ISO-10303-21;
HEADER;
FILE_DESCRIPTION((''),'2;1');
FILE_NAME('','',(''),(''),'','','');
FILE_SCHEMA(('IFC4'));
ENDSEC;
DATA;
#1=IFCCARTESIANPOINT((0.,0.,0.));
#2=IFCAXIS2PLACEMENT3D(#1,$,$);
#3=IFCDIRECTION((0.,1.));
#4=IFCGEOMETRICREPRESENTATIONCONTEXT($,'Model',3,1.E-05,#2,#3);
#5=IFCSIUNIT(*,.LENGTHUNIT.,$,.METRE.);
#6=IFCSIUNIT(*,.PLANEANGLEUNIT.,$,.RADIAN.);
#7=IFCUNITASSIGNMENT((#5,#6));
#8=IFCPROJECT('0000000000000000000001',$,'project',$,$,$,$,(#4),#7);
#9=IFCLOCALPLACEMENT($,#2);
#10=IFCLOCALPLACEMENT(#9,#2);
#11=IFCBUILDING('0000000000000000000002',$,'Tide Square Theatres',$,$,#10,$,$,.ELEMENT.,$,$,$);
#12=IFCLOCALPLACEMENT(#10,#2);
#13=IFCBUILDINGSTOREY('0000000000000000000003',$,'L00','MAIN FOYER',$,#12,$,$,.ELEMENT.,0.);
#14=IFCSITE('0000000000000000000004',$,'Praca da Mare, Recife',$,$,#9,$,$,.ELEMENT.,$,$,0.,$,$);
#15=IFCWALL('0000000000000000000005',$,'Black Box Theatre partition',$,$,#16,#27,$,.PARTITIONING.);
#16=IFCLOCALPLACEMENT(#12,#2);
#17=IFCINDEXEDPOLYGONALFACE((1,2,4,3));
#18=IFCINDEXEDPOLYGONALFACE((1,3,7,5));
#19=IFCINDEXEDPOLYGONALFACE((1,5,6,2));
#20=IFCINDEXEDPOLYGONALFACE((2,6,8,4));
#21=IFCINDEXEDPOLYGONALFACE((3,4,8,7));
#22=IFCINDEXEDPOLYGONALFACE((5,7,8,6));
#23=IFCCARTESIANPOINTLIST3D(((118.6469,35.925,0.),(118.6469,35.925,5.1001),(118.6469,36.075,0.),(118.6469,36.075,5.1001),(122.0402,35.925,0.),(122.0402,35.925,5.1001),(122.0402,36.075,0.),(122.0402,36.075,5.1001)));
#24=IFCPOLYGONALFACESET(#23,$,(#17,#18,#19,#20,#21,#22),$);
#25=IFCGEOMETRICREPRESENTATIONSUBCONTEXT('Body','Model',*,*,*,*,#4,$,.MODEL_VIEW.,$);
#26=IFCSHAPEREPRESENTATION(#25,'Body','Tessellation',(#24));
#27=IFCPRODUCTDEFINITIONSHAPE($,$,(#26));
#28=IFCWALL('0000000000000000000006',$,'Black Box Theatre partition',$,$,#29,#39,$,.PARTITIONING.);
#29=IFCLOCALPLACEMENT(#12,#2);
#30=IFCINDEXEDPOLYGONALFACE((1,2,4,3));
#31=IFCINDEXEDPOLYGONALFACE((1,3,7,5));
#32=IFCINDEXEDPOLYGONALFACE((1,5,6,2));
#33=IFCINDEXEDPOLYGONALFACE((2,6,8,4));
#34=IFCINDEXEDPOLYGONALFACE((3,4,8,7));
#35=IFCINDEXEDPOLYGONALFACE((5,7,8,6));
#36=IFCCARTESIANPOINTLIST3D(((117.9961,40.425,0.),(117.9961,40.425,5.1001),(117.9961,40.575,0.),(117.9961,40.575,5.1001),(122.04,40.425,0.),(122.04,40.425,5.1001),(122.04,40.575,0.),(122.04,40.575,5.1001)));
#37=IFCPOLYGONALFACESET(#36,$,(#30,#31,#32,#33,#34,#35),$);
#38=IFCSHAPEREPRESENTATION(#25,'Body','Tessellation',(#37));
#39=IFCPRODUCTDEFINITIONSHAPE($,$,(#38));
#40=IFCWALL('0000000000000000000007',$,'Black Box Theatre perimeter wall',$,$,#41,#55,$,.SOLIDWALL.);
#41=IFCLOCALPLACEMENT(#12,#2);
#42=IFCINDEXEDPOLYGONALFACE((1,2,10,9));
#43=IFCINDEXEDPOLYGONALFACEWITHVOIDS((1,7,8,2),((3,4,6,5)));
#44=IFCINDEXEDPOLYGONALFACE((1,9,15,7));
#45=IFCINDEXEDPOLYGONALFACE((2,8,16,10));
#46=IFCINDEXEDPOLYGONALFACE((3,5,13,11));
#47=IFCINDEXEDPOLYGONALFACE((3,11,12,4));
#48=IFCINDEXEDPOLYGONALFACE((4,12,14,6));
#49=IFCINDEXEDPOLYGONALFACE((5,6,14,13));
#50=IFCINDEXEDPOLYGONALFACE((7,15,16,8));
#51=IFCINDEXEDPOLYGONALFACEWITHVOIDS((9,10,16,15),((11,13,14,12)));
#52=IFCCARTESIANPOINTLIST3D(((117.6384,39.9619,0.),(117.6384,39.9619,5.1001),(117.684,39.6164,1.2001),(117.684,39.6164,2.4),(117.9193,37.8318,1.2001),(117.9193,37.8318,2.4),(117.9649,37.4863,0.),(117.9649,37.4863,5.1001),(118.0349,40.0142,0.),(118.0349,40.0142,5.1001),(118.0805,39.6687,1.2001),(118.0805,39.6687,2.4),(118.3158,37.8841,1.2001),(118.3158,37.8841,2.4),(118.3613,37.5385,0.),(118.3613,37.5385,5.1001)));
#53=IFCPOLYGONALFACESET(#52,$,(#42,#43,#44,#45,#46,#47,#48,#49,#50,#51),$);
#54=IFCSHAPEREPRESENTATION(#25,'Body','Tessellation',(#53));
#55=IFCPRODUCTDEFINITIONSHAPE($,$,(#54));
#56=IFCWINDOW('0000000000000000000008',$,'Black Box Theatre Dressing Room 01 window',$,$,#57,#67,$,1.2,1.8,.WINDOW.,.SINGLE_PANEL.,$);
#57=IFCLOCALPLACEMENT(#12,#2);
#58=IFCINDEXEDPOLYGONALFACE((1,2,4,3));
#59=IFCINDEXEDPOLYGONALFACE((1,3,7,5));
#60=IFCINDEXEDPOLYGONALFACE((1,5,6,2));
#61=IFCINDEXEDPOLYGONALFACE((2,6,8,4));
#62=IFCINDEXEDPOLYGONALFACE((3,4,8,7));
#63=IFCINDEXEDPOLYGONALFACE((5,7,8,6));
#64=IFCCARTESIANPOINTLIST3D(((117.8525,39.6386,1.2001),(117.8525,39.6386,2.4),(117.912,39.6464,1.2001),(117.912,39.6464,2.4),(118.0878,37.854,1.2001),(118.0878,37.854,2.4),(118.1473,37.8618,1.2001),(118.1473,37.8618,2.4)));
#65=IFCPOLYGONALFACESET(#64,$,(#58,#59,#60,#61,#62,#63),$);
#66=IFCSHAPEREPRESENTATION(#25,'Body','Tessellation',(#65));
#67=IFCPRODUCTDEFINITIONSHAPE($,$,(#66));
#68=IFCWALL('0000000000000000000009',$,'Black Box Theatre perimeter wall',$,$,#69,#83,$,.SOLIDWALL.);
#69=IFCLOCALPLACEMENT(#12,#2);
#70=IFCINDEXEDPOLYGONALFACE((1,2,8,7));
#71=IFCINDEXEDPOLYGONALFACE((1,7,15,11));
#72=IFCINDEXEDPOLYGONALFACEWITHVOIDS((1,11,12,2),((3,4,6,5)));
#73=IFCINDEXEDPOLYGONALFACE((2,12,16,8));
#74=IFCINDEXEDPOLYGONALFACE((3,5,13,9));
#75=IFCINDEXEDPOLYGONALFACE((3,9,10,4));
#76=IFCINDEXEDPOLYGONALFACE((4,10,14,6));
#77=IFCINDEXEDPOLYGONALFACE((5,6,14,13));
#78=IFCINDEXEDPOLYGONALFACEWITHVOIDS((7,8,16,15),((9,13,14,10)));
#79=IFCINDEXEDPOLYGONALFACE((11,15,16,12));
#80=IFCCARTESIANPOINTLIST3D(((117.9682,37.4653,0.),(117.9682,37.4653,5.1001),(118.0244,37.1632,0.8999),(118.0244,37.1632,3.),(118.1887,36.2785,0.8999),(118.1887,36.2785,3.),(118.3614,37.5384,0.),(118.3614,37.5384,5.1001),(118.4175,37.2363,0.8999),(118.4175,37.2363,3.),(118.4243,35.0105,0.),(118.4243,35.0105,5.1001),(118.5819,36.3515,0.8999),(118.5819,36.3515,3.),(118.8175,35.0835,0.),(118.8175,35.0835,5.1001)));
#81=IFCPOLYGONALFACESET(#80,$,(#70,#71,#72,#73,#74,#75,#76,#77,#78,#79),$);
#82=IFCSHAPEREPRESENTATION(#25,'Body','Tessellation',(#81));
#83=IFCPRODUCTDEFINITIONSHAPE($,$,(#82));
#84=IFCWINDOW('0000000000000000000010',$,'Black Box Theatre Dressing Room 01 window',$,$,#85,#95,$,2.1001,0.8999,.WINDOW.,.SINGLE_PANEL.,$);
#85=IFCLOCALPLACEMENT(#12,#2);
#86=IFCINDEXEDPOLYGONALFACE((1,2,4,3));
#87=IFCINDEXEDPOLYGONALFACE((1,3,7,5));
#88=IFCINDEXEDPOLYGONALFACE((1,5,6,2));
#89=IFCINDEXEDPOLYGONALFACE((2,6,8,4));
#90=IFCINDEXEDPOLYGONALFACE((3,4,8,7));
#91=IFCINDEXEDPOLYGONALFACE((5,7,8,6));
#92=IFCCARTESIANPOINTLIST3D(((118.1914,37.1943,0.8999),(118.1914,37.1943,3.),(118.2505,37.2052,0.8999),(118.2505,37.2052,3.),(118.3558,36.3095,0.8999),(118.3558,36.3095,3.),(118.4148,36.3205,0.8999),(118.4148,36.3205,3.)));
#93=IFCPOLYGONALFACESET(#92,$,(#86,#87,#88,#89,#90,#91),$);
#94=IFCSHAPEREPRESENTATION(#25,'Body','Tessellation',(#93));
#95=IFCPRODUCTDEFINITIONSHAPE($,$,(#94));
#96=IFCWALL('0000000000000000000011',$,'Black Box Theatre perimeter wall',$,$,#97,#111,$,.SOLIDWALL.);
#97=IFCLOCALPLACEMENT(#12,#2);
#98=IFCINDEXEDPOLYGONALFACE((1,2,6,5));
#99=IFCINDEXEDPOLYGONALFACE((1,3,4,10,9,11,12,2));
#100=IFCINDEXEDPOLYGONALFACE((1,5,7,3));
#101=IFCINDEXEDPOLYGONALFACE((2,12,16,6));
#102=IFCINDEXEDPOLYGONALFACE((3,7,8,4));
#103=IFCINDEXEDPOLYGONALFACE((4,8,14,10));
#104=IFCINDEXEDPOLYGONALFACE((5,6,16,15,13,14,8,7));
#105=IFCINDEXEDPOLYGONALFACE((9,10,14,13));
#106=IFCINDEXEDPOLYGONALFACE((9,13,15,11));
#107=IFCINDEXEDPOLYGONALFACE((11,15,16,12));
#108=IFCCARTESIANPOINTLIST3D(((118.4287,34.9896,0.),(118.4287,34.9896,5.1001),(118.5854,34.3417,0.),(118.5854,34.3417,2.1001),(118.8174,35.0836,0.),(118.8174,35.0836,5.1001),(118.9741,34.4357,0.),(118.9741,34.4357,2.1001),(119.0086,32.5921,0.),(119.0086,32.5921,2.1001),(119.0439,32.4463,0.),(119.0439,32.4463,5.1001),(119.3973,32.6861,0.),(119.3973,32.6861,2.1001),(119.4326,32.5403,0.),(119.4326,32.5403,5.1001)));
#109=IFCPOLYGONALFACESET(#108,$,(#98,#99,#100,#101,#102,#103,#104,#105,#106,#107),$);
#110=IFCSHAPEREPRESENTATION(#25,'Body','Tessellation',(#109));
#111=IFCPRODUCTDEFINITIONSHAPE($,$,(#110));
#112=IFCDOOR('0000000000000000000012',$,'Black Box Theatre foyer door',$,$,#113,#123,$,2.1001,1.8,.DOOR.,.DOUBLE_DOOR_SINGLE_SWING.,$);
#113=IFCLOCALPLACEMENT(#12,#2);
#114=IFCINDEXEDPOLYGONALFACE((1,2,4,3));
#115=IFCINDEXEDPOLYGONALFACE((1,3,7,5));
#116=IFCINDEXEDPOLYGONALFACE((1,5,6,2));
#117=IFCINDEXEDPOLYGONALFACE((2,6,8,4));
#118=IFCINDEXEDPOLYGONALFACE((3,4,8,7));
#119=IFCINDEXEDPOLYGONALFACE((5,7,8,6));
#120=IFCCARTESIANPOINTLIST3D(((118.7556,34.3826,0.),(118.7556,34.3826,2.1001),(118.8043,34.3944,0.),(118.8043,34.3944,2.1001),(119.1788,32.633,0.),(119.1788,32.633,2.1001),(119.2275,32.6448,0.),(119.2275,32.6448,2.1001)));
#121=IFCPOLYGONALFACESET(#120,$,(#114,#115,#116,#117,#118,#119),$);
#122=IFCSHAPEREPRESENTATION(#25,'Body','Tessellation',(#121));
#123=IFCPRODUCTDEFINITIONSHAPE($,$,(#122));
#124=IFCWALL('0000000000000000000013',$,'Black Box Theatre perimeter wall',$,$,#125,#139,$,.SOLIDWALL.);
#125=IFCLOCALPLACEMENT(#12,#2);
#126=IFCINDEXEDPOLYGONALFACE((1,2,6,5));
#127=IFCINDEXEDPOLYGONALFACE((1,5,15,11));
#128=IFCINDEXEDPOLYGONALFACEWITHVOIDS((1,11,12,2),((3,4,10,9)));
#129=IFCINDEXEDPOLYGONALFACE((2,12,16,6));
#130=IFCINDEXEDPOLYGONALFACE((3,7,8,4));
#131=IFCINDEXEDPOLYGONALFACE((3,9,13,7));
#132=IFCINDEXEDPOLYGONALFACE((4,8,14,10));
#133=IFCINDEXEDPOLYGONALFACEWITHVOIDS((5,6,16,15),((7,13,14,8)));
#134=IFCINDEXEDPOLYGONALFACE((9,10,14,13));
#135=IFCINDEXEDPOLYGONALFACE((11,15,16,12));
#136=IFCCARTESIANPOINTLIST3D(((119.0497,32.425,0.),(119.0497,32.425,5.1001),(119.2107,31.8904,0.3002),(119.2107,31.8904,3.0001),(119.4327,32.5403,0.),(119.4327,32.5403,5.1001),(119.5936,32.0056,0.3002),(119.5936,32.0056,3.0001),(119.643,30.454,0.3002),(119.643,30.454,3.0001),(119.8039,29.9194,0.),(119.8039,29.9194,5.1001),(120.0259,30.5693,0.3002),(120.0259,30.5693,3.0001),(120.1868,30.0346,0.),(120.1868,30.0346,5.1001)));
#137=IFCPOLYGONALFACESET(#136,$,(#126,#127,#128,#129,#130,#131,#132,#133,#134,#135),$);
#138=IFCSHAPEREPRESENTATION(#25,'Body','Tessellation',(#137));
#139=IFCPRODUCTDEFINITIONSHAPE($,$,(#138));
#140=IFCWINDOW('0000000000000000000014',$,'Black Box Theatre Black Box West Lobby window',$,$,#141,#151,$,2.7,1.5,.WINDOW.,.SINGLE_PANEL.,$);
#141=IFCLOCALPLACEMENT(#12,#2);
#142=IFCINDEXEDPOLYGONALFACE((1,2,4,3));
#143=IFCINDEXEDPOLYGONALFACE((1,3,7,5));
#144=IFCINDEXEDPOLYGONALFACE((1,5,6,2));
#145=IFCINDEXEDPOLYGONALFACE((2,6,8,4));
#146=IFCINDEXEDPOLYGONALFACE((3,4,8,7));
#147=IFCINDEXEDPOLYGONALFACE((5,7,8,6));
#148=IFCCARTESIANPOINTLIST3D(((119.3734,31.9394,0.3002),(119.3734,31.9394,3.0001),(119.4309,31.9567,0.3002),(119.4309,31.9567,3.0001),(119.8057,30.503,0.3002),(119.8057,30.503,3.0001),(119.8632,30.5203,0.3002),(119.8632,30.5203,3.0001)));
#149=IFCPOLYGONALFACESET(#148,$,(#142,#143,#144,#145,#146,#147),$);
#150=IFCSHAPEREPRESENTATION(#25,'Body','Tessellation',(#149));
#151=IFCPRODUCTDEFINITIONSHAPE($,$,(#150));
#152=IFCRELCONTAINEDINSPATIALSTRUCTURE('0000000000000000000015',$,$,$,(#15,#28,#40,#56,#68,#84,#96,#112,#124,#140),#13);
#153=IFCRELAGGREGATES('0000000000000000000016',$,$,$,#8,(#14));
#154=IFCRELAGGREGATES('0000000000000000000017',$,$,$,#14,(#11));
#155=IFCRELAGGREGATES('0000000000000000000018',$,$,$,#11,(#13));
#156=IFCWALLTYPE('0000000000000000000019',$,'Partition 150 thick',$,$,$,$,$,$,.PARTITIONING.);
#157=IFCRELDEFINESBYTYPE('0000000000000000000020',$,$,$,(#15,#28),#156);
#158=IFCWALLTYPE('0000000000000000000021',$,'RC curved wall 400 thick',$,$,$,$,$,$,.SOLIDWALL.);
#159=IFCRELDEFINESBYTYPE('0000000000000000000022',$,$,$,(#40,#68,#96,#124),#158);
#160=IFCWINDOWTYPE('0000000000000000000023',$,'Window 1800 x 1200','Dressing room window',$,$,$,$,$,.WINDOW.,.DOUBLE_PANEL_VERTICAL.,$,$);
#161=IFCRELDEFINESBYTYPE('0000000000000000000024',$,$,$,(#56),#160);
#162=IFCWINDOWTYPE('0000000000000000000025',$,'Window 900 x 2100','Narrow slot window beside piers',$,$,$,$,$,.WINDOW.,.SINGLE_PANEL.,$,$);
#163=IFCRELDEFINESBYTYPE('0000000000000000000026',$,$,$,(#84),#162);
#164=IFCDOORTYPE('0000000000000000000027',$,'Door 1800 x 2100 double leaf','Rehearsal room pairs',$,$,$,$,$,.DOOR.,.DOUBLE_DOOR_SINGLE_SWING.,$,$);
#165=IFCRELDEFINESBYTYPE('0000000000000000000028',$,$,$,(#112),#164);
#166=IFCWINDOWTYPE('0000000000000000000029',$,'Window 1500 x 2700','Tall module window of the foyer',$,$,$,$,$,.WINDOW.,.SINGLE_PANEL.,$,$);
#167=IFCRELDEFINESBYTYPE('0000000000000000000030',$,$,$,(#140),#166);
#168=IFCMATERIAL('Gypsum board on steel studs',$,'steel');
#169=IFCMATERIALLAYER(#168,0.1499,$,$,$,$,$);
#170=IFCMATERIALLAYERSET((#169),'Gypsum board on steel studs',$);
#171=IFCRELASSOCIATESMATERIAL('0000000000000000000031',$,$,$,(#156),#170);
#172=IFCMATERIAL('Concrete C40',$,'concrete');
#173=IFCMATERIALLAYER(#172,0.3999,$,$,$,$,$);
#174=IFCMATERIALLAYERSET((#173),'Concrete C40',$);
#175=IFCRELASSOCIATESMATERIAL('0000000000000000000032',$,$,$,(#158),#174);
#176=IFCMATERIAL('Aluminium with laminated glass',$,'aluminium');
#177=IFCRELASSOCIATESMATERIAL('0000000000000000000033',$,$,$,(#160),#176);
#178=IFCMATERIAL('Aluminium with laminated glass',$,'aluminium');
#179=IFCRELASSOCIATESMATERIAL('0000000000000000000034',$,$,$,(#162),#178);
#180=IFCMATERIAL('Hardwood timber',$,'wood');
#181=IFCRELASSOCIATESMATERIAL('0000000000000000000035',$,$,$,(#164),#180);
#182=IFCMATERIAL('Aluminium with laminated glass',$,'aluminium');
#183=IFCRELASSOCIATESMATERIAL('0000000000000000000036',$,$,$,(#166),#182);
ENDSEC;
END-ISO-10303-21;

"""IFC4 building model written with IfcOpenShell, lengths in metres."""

from ifc_helpers import new_model, si_unit, direction, frame, frame_2d, origin, place, context, subcontext, project, spatial, rectangle, extrude, material, layer, layer_set, type_object, element, fill, save


model = new_model("IFC4")

# Units and contexts
model_context = context("Model", 3, precision=1e-05, world=origin(), true_north=direction((0.0, 1.0)))
body_context = subcontext(model_context, "Body", "Model", "MODEL_VIEW")
ifc_project = project(units=[si_unit("LENGTHUNIT", "METRE"), si_unit("PLANEANGLEUNIT", "RADIAN")], contexts=[model_context])

# Site, building, storey
site_placement = place(None, origin())
site = spatial("IfcSite", under=ifc_project, at=site_placement, Name="Praca da Mare, Recife", CompositionType="ELEMENT", RefElevation=0.0)
building_placement = place(site_placement, origin())
building = spatial("IfcBuilding", under=site, at=building_placement, Name="Tide Square Theatres", CompositionType="ELEMENT")
storey_placement = place(building_placement, origin())
storey = spatial("IfcBuildingStorey", under=building, at=storey_placement, Name="L00", Description="MAIN FOYER", CompositionType="ELEMENT", Elevation=0.0)

# Walls
ifc_material_1 = material(Name="Gypsum board on steel studs", Category="steel")
ifc_layer_1 = layer(ifc_material_1, 0.1499)
ifc_layer_set_1 = layer_set([ifc_layer_1], Name="Gypsum board on steel studs")
wall_type_1 = type_object("IfcWallType", Name="Partition 150 thick", PredefinedType="PARTITIONING", material=ifc_layer_set_1)
wall_1_placement = place(storey_placement, frame((118.6467, 36.0, 0.0), z_axis=(0.0, 0.0, 1.0), x_axis=(1.0, 0.0, 0.0)))
element("IfcWall", 1, at=wall_1_placement, inside=storey, type_object=wall_type_1, Name="Black Box Theatre partition", PredefinedType="PARTITIONING", context=body_context, shape_type="SweptSolid", body=[
    extrude(rectangle(XDim=3.3933, YDim=0.1499, at=frame_2d((1.6968, 0.0))), origin(), (0.0, 0.0, 1.0), 5.1001),
])
wall_2_placement = place(storey_placement, frame((117.9961, 40.5, 0.0), z_axis=(0.0, 0.0, 1.0), x_axis=(1.0, 0.0, 0.0)))
element("IfcWall", 2, at=wall_2_placement, inside=storey, type_object=wall_type_1, Name="Black Box Theatre partition", PredefinedType="PARTITIONING", context=body_context, shape_type="SweptSolid", body=[
    extrude(rectangle(XDim=4.0439, YDim=0.1499, at=frame_2d((2.022, 0.0))), origin(), (0.0, 0.0, 1.0), 5.1001),
])

# Walls, openings, windows
ifc_material_2 = material(Name="Concrete C40", Category="concrete")
ifc_layer_2 = layer(ifc_material_2, 0.3999)
ifc_layer_set_2 = layer_set([ifc_layer_2], Name="Concrete C40")
wall_type_2 = type_object("IfcWallType", Name="RC curved wall 400 thick", PredefinedType="SOLIDWALL", material=ifc_layer_set_2)
wall_3_placement = place(storey_placement, frame((117.8367, 39.988, 0.0), z_axis=(0.0, 0.0, 1.0), x_axis=(0.130723, -0.991419, 0.0)))
wall_3 = element("IfcWall", 3, at=wall_3_placement, inside=storey, type_object=wall_type_2, Name="Black Box Theatre perimeter wall", PredefinedType="SOLIDWALL", context=body_context, shape_type="SweptSolid", body=[
    extrude(rectangle(XDim=2.4971, YDim=0.3999, at=frame_2d((1.2485, 0.0))), origin(), (0.0, 0.0, 1.0), 5.1001),
])
opening_1_placement = place(wall_3_placement, frame((0.3486, 0.0, 1.2)))
opening_1 = element("IfcOpeningElement", 4, at=opening_1_placement, cuts=wall_3, PredefinedType="OPENING", context=body_context, shape_type="SweptSolid", body=[
    extrude(rectangle(XDim=1.8, YDim=1.2, at=frame_2d((0.8999, 0.6001))), frame((0.0, 0.21, 0.0), z_axis=(0.0, -1.0, 0.0), x_axis=(1.0, 0.0, 0.0)), (0.0, 0.0, 1.0), 0.4199),
])
ifc_material_3 = material(Name="Aluminium with laminated glass", Category="aluminium")
window_type_1 = type_object("IfcWindowType", Name="Window 1800 x 1200", Description="Dressing room window", PartitioningType="DOUBLE_PANEL_VERTICAL", PredefinedType="WINDOW", material=ifc_material_3)
window_1_placement = place(opening_1_placement, origin())
window_1 = element("IfcWindow", 5, at=window_1_placement, inside=storey, type_object=window_type_1, Name="Black Box Theatre Dressing Room 01 window", OverallHeight=1.2, OverallWidth=1.8, PartitioningType="SINGLE_PANEL", PredefinedType="WINDOW", context=body_context, shape_type="SweptSolid", body=[
    extrude(rectangle(XDim=1.8, YDim=1.2, at=frame_2d((0.8999, 0.6001))), frame((0.0, 0.03, 0.0), z_axis=(0.0, -1.0, 0.0), x_axis=(1.0, 0.0, 0.0)), (0.0, 0.0, 1.0), 0.0601),
])
fill(opening_1, window_1)
wall_4_placement = place(storey_placement, frame((118.1648, 37.502, 0.0), z_axis=(0.0, 0.0, 1.0), x_axis=(0.182653, -0.983177, 0.0)))
wall_4 = element("IfcWall", 6, at=wall_4_placement, inside=storey, type_object=wall_type_2, Name="Black Box Theatre perimeter wall", PredefinedType="SOLIDWALL", context=body_context, shape_type="SweptSolid", body=[
    extrude(rectangle(XDim=2.4968, YDim=0.3999, at=frame_2d((1.2485, 0.0))), origin(), (0.0, 0.0, 1.0), 5.1001),
])
opening_2_placement = place(wall_4_placement, frame((0.3074, 0.0, 0.8999)))
opening_2 = element("IfcOpeningElement", 7, at=opening_2_placement, cuts=wall_4, PredefinedType="OPENING", context=body_context, shape_type="SweptSolid", body=[
    extrude(rectangle(XDim=0.8999, YDim=2.1001, at=frame_2d((0.45, 1.05))), frame((0.0, 0.21, 0.0), z_axis=(0.0, -1.0, 0.0), x_axis=(1.0, 0.0, 0.0)), (0.0, 0.0, 1.0), 0.4199),
])
ifc_material_4 = material(Name="Aluminium with laminated glass", Category="aluminium")
window_type_2 = type_object("IfcWindowType", Name="Window 900 x 2100", Description="Narrow slot window beside piers", PartitioningType="SINGLE_PANEL", PredefinedType="WINDOW", material=ifc_material_4)
window_2_placement = place(opening_2_placement, origin())
window_2 = element("IfcWindow", 8, at=window_2_placement, inside=storey, type_object=window_type_2, Name="Black Box Theatre Dressing Room 01 window", OverallHeight=2.1001, OverallWidth=0.8999, PartitioningType="SINGLE_PANEL", PredefinedType="WINDOW", context=body_context, shape_type="SweptSolid", body=[
    extrude(rectangle(XDim=0.8999, YDim=2.1001, at=frame_2d((0.45, 1.05))), frame((0.0, 0.03, 0.0), z_axis=(0.0, -1.0, 0.0), x_axis=(1.0, 0.0, 0.0)), (0.0, 0.0, 1.0), 0.0601),
])
fill(opening_2, window_2)

# Wall, opening, door
wall_5_placement = place(storey_placement, frame((118.623, 35.0366, 0.0), z_axis=(0.0, 0.0, 1.0), x_axis=(0.235109, -0.971969, 0.0)))
wall_5 = element("IfcWall", 9, at=wall_5_placement, inside=storey, type_object=wall_type_2, Name="Black Box Theatre perimeter wall", PredefinedType="SOLIDWALL", context=body_context, shape_type="SweptSolid", body=[
    extrude(rectangle(XDim=2.6167, YDim=0.3999, at=frame_2d((1.3083, 0.0))), origin(), (0.0, 0.0, 1.0), 5.1001),
])
opening_3_placement = place(wall_5_placement, frame((0.6667, 0.0, 0.0)))
opening_3 = element("IfcOpeningElement", 10, at=opening_3_placement, cuts=wall_5, PredefinedType="OPENING", context=body_context, shape_type="SweptSolid", body=[
    extrude(rectangle(XDim=1.8, YDim=2.1001, at=frame_2d((0.8999, 1.05))), frame((0.0, 0.21, 0.0), z_axis=(0.0, -1.0, 0.0), x_axis=(1.0, 0.0, 0.0)), (0.0, 0.0, 1.0), 0.4199),
])
ifc_material_5 = material(Name="Hardwood timber", Category="wood")
door_type_1 = type_object("IfcDoorType", Name="Door 1800 x 2100 double leaf", Description="Rehearsal room pairs", OperationType="DOUBLE_DOOR_SINGLE_SWING", PredefinedType="DOOR", material=ifc_material_5)
door_1_placement = place(opening_3_placement, frame((1.8, 0.0, 0.0), z_axis=(0.0, 0.0, 1.0), x_axis=(-1.0, 0.0, 0.0)))
door_1 = element("IfcDoor", 11, at=door_1_placement, inside=storey, type_object=door_type_1, Name="Black Box Theatre foyer door", OperationType="DOUBLE_DOOR_SINGLE_SWING", OverallHeight=2.1001, OverallWidth=1.8, PredefinedType="DOOR", context=body_context, shape_type="SweptSolid", body=[
    extrude(rectangle(XDim=1.8, YDim=2.1001, at=frame_2d((0.8999, 1.05))), frame((0.0, 0.0249, 0.0), z_axis=(0.0, -1.0, 0.0), x_axis=(1.0, 0.0, 0.0)), (0.0, 0.0, 1.0), 0.05),
])
fill(opening_3, door_1)

# Wall, opening, window
wall_6_placement = place(storey_placement, frame((119.2412, 32.4827, 0.0), z_axis=(0.0, 0.0, 1.0), x_axis=(0.288212, -0.957567, 0.0)))
wall_6 = element("IfcWall", 12, at=wall_6_placement, inside=storey, type_object=wall_type_2, Name="Black Box Theatre perimeter wall", PredefinedType="SOLIDWALL", context=body_context, shape_type="SweptSolid", body=[
    extrude(rectangle(XDim=2.6167, YDim=0.3999, at=frame_2d((1.3083, 0.0))), origin(), (0.0, 0.0, 1.0), 5.1001),
])
opening_4_placement = place(wall_6_placement, frame((0.5583, 0.0, 0.3)))
opening_4 = element("IfcOpeningElement", 13, at=opening_4_placement, cuts=wall_6, PredefinedType="OPENING", context=body_context, shape_type="SweptSolid", body=[
    extrude(rectangle(XDim=1.5, YDim=2.7, at=frame_2d((0.75, 1.3501))), frame((0.0, 0.21, 0.0), z_axis=(0.0, -1.0, 0.0), x_axis=(1.0, 0.0, 0.0)), (0.0, 0.0, 1.0), 0.4199),
])
ifc_material_6 = material(Name="Aluminium with laminated glass", Category="aluminium")
window_type_3 = type_object("IfcWindowType", Name="Window 1500 x 2700", Description="Tall module window of the foyer", PartitioningType="SINGLE_PANEL", PredefinedType="WINDOW", material=ifc_material_6)
window_3_placement = place(opening_4_placement, origin())
window_3 = element("IfcWindow", 14, at=window_3_placement, inside=storey, type_object=window_type_3, Name="Black Box Theatre Black Box West Lobby window", OverallHeight=2.7, OverallWidth=1.5, PartitioningType="SINGLE_PANEL", PredefinedType="WINDOW", context=body_context, shape_type="SweptSolid", body=[
    extrude(rectangle(XDim=1.5, YDim=2.7, at=frame_2d((0.75, 1.3501))), frame((0.0, 0.03, 0.0), z_axis=(0.0, -1.0, 0.0), x_axis=(1.0, 0.0, 0.0)), (0.0, 0.0, 1.0), 0.0601),
])
fill(opening_4, window_3)

save(model, "model.ifc")
